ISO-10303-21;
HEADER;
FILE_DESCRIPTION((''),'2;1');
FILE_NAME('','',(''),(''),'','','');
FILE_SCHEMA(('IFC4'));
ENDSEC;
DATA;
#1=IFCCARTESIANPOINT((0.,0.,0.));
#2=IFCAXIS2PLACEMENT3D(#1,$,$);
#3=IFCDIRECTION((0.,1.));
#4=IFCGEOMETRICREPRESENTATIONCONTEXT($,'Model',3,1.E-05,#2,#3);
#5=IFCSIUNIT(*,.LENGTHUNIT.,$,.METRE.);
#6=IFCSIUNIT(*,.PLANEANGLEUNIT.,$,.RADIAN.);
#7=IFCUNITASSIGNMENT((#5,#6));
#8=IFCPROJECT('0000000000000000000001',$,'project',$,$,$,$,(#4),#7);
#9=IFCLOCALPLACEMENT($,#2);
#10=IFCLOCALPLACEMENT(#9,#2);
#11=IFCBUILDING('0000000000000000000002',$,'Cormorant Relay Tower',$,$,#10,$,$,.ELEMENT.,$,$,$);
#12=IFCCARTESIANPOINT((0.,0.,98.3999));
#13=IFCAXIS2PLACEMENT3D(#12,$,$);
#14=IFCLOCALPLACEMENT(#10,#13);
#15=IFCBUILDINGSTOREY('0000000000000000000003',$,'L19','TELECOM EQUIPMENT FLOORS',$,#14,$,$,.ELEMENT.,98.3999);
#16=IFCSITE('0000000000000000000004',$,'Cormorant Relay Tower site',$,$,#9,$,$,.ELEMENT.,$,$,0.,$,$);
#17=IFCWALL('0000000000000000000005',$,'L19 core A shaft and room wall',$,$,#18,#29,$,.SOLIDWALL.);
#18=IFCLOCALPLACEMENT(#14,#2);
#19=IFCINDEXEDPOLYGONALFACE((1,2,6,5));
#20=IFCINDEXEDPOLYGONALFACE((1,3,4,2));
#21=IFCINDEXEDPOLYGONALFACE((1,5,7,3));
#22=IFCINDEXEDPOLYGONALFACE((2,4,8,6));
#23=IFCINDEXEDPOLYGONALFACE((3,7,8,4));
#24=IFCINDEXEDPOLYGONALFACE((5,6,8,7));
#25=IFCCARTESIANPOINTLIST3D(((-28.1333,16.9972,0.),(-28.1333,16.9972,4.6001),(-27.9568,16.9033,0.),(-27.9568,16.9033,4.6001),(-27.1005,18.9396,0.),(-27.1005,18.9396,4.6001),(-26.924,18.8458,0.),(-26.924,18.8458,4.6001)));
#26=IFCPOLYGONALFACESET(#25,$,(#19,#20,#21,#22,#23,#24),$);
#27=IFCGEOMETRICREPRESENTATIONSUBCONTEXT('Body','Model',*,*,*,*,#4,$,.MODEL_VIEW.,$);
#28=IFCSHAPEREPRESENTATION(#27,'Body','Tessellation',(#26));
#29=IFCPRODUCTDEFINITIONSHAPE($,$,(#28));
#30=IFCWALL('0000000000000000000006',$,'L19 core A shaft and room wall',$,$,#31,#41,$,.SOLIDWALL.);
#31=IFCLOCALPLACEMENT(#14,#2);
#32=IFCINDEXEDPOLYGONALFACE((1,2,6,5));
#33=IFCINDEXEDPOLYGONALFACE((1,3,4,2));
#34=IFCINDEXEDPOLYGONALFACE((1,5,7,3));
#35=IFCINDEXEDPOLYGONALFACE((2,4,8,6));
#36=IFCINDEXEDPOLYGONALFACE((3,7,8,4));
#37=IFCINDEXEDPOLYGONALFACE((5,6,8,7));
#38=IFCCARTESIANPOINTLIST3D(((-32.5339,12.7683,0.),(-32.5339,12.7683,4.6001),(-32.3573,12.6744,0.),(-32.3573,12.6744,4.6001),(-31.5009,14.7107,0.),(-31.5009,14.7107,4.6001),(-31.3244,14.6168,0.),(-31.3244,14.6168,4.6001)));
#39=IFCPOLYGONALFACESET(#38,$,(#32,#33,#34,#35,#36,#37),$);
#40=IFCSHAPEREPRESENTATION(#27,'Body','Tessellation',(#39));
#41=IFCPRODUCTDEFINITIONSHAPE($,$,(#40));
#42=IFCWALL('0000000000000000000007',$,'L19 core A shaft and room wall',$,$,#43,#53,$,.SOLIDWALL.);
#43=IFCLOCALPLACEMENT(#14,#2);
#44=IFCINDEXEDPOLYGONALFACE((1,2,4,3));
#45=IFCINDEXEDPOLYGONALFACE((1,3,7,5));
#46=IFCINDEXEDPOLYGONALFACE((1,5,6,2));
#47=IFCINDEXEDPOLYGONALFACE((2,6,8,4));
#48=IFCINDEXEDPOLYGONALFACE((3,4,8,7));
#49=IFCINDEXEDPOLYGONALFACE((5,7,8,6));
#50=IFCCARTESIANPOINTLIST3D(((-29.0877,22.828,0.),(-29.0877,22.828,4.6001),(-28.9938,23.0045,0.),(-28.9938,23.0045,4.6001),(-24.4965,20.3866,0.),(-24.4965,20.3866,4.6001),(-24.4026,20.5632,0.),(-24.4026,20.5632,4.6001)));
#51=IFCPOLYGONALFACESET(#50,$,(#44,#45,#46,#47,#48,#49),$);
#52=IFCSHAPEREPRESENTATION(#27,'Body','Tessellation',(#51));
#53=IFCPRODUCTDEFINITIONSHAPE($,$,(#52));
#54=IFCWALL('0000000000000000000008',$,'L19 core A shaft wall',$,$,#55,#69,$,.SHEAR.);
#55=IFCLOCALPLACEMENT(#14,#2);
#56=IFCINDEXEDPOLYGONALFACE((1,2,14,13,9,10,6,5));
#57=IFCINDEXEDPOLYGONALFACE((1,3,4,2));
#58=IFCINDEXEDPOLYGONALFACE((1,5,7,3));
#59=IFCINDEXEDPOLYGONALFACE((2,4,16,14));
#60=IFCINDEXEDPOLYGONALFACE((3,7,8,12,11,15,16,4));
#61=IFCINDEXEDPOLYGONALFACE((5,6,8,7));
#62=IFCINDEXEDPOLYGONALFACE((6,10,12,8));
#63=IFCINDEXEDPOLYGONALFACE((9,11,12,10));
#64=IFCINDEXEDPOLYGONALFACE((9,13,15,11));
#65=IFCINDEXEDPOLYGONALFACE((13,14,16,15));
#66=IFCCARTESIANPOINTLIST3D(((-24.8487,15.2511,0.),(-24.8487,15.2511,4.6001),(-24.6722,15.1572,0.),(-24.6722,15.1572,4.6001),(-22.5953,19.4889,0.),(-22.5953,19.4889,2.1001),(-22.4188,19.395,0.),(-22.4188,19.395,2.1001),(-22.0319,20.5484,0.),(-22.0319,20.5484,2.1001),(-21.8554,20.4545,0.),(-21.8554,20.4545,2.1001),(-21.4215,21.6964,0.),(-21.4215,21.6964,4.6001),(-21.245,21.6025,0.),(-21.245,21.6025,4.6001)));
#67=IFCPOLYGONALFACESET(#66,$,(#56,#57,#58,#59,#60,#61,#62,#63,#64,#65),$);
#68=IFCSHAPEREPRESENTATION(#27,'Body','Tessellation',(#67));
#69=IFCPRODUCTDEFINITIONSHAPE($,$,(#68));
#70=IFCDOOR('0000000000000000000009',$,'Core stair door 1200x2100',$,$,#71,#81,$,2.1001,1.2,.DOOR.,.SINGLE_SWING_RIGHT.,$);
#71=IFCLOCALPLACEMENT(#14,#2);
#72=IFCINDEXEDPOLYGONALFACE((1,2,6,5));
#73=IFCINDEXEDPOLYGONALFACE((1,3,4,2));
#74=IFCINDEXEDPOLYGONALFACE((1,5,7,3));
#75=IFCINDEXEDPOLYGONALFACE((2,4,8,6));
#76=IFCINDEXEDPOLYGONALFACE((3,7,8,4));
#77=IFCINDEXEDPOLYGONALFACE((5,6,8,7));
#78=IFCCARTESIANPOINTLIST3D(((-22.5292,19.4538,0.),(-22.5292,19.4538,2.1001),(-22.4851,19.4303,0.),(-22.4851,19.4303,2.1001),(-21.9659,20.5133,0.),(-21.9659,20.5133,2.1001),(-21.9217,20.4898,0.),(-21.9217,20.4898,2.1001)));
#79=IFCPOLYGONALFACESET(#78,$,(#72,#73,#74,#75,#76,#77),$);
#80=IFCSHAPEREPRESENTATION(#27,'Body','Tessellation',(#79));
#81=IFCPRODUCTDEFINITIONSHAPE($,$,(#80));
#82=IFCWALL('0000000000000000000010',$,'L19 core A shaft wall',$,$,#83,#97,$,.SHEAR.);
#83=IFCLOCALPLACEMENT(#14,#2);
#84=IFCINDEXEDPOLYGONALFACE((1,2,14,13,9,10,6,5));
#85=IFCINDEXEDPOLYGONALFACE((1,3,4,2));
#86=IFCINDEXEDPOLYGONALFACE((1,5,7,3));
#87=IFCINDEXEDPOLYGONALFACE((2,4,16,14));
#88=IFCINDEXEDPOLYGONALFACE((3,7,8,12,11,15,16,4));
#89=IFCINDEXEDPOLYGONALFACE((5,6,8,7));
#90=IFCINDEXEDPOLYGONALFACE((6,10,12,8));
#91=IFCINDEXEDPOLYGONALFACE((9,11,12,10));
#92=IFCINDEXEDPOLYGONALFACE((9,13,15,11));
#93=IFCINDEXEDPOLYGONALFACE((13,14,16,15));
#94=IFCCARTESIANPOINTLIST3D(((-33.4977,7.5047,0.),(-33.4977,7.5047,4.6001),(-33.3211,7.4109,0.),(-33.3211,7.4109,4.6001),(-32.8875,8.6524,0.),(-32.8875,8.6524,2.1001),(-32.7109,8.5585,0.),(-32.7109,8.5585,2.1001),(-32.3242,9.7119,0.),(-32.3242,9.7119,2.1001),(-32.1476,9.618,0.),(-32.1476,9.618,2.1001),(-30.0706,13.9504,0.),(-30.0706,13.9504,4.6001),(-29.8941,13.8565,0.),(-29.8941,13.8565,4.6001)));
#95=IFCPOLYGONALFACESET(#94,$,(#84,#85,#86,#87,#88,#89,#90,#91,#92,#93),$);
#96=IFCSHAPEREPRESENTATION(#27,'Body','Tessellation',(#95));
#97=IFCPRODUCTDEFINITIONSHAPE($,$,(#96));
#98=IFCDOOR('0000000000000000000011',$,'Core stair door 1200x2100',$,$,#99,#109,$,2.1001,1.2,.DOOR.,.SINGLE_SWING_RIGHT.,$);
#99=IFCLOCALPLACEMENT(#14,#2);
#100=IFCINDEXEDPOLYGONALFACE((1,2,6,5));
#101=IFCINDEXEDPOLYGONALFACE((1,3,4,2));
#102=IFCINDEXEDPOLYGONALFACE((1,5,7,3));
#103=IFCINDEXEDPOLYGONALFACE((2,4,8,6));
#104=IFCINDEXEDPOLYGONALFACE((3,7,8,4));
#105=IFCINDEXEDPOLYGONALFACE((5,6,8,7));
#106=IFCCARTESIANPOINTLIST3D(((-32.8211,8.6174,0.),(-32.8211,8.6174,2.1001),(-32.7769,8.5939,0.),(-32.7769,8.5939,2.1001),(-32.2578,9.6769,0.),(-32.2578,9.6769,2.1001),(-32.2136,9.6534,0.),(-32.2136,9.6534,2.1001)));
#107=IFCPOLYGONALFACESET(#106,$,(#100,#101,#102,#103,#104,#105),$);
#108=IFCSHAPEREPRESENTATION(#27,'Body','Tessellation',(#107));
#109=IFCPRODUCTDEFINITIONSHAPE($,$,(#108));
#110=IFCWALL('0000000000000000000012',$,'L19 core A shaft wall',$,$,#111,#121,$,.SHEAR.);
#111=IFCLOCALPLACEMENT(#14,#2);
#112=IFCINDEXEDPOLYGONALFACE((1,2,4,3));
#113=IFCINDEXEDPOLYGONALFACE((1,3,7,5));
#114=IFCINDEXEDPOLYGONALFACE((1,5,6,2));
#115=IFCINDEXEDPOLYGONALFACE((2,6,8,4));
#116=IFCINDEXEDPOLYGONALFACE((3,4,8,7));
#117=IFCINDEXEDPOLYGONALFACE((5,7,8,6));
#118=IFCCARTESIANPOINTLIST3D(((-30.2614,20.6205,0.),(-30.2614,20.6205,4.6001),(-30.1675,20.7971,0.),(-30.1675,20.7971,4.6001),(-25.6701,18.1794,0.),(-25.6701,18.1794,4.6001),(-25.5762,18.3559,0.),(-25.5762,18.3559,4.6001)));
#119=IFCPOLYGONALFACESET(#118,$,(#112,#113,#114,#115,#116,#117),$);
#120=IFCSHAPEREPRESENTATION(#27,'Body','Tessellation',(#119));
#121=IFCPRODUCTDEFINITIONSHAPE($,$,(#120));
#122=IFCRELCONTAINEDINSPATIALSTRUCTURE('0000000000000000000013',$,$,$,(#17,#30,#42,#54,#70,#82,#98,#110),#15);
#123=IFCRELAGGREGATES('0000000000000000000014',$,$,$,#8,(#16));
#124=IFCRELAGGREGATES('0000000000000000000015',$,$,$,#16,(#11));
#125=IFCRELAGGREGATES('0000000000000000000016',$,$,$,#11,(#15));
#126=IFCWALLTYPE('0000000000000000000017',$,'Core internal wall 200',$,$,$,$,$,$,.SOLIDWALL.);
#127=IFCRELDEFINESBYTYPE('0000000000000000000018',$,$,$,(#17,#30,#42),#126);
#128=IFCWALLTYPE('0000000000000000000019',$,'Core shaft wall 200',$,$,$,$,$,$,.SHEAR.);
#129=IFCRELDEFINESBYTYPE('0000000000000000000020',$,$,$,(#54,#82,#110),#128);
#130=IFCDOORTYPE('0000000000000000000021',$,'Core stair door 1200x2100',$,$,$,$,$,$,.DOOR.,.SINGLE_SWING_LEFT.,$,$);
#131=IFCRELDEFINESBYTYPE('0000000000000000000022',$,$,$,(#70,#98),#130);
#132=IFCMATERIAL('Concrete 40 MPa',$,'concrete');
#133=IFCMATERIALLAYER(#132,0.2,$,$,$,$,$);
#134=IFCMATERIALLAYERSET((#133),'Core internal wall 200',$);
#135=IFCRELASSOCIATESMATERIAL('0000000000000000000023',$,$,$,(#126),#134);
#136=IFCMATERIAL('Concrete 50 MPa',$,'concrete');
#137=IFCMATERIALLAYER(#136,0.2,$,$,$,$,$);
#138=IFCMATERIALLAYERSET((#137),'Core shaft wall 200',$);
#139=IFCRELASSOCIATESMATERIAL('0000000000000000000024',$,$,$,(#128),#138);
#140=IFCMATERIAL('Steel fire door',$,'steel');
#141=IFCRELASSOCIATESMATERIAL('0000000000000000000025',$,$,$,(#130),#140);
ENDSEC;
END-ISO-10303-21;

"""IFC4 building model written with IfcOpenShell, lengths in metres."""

from ifc_helpers import new_model, si_unit, direction, frame, frame_2d, origin, place, context, subcontext, project, spatial, rectangle, extrude, material, layer, layer_set, type_object, element, fill, save


model = new_model("IFC4")

# Units and contexts
model_context = context("Model", 3, precision=1e-05, world=origin(), true_north=direction((0.0, 1.0)))
body_context = subcontext(model_context, "Body", "Model", "MODEL_VIEW")
ifc_project = project(units=[si_unit("LENGTHUNIT", "METRE"), si_unit("PLANEANGLEUNIT", "RADIAN")], contexts=[model_context])

# Site, building, storey
site_placement = place(None, origin())
site = spatial("IfcSite", under=ifc_project, at=site_placement, Name="Cormorant Relay Tower site", CompositionType="ELEMENT", RefElevation=0.0)
building_placement = place(site_placement, origin())
building = spatial("IfcBuilding", under=site, at=building_placement, Name="Cormorant Relay Tower", CompositionType="ELEMENT")
storey_placement = place(building_placement, frame((0.0, 0.0, 98.3999)))
storey = spatial("IfcBuildingStorey", under=building, at=storey_placement, Name="L19", Description="TELECOM EQUIPMENT FLOORS", CompositionType="ELEMENT", Elevation=98.3999)

# Walls
ifc_material_1 = material(Name="Concrete 40 MPa", Category="concrete")
ifc_layer_1 = layer(ifc_material_1, 0.2)
ifc_layer_set_1 = layer_set([ifc_layer_1], Name="Core internal wall 200")
wall_type_1 = type_object("IfcWallType", Name="Core internal wall 200", PredefinedType="SOLIDWALL", material=ifc_layer_set_1)
for number, where, z_axis, x_axis, name in (
    (1, (-27.0122, 18.8928, 0.0), (0.0, 0.0, 1.0), (-0.469447, -0.88296, 0.0), "L19 core A shaft and room wall"),
    (2, (-31.4126, 14.6638, 0.0), (0.0, 0.0, 1.0), (-0.469534, -0.882914, 0.0), "L19 core A shaft and room wall"),
):
    element("IfcWall", number, at=place(storey_placement, frame(where, z_axis=z_axis, x_axis=x_axis)), inside=storey, type_object=wall_type_1, Name=name, PredefinedType="SOLIDWALL", context=body_context, shape_type="SweptSolid", body=[
        extrude(rectangle(XDim=2.2, YDim=0.2, at=frame_2d((1.1001, 0.0))), origin(), (0.0, 0.0, 1.0), 4.6001),
    ])
wall_1_placement = place(storey_placement, frame((-24.4495, 20.4749, 0.0), z_axis=(0.0, 0.0, 1.0), x_axis=(-0.882935, 0.469496, 0.0)))
element("IfcWall", 3, at=wall_1_placement, inside=storey, type_object=wall_type_1, Name="L19 core A shaft and room wall", PredefinedType="SOLIDWALL", context=body_context, shape_type="SweptSolid", body=[
    extrude(rectangle(XDim=5.2, YDim=0.2, at=frame_2d((2.6001, 0.0))), origin(), (0.0, 0.0, 1.0), 4.6001),
])

# Walls, openings, doors
ifc_material_2 = material(Name="Concrete 50 MPa", Category="concrete")
ifc_layer_2 = layer(ifc_material_2, 0.2)
ifc_layer_set_2 = layer_set([ifc_layer_2], Name="Core shaft wall 200")
wall_type_2 = type_object("IfcWallType", Name="Core shaft wall 200", PredefinedType="SHEAR", material=ifc_layer_set_2)
wall_2_placement = place(storey_placement, frame((-21.3333, 21.6494, 0.0), z_axis=(0.0, 0.0, 1.0), x_axis=(-0.469494, -0.882936, 0.0)))
wall_2 = element("IfcWall", 4, at=wall_2_placement, inside=storey, type_object=wall_type_2, Name="L19 core A shaft wall", PredefinedType="SHEAR", context=body_context, shape_type="SweptSolid", body=[
    extrude(rectangle(XDim=7.2998, YDim=0.2, at=frame_2d((3.6499, 0.0))), origin(), (0.0, 0.0, 1.0), 4.6001),
])
opening_1_placement = place(wall_2_placement, frame((1.3, 0.0, 0.0)))
opening_1 = element("IfcOpeningElement", 5, at=opening_1_placement, cuts=wall_2, PredefinedType="OPENING", context=body_context, shape_type="SweptSolid", body=[
    extrude(rectangle(XDim=1.2, YDim=2.1001, at=frame_2d((0.6001, 1.05))), frame((0.0, 0.1099, 0.0), z_axis=(0.0, -1.0, 0.0), x_axis=(1.0, 0.0, 0.0)), (0.0, 0.0, 1.0), 0.22),
])
ifc_material_3 = material(Name="Steel fire door", Category="steel")
door_type_1 = type_object("IfcDoorType", Name="Core stair door 1200x2100", OperationType="SINGLE_SWING_LEFT", PredefinedType="DOOR", material=ifc_material_3)
door_1_placement = place(opening_1_placement, origin())
door_1 = element("IfcDoor", 6, at=door_1_placement, inside=storey, type_object=door_type_1, Name="Core stair door 1200x2100", OperationType="SINGLE_SWING_RIGHT", OverallHeight=2.1001, OverallWidth=1.2, PredefinedType="DOOR", context=body_context, shape_type="SweptSolid", body=[
    extrude(rectangle(XDim=1.2, YDim=2.1001, at=frame_2d((0.6001, 1.05))), frame((0.0, 0.0249, 0.0), z_axis=(0.0, -1.0, 0.0), x_axis=(1.0, 0.0, 0.0)), (0.0, 0.0, 1.0), 0.05),
])
fill(opening_1, door_1)
wall_3_placement = place(storey_placement, frame((-29.9824, 13.9033, 0.0), z_axis=(0.0, 0.0, 1.0), x_axis=(-0.469454, -0.882957, 0.0)))
wall_3 = element("IfcWall", 7, at=wall_3_placement, inside=storey, type_object=wall_type_2, Name="L19 core A shaft wall", PredefinedType="SHEAR", context=body_context, shape_type="SweptSolid", body=[
    extrude(rectangle(XDim=7.3, YDim=0.2, at=frame_2d((3.6499, 0.0))), origin(), (0.0, 0.0, 1.0), 4.6001),
])
opening_2_placement = place(wall_3_placement, frame((4.8, 0.0, 0.0)))
opening_2 = element("IfcOpeningElement", 8, at=opening_2_placement, cuts=wall_3, PredefinedType="OPENING", context=body_context, shape_type="SweptSolid", body=[
    extrude(rectangle(XDim=1.2, YDim=2.1001, at=frame_2d((0.6001, 1.05))), frame((0.0, 0.1099, 0.0), z_axis=(0.0, -1.0, 0.0), x_axis=(1.0, 0.0, 0.0)), (0.0, 0.0, 1.0), 0.22),
])
door_2_placement = place(opening_2_placement, frame((1.2, 0.0, 0.0), z_axis=(0.0, 0.0, 1.0), x_axis=(-1.0, 0.0, 0.0)))
door_2 = element("IfcDoor", 9, at=door_2_placement, inside=storey, type_object=door_type_1, Name="Core stair door 1200x2100", OperationType="SINGLE_SWING_RIGHT", OverallHeight=2.1001, OverallWidth=1.2, PredefinedType="DOOR", context=body_context, shape_type="SweptSolid", body=[
    extrude(rectangle(XDim=1.2, YDim=2.1001, at=frame_2d((0.6001, 1.05))), frame((0.0, 0.0249, 0.0), z_axis=(0.0, -1.0, 0.0), x_axis=(1.0, 0.0, 0.0)), (0.0, 0.0, 1.0), 0.05),
])
fill(opening_2, door_2)

# Wall
wall_4_placement = place(storey_placement, frame((-25.623, 18.2676, 0.0), z_axis=(0.0, 0.0, 1.0), x_axis=(-0.882954, 0.46946, 0.0)))
element("IfcWall", 10, at=wall_4_placement, inside=storey, type_object=wall_type_2, Name="L19 core A shaft wall", PredefinedType="SHEAR", context=body_context, shape_type="SweptSolid", body=[
    extrude(rectangle(XDim=5.2, YDim=0.2, at=frame_2d((2.6001, 0.0))), origin(), (0.0, 0.0, 1.0), 4.6001),
])

save(model, "model.ifc")
